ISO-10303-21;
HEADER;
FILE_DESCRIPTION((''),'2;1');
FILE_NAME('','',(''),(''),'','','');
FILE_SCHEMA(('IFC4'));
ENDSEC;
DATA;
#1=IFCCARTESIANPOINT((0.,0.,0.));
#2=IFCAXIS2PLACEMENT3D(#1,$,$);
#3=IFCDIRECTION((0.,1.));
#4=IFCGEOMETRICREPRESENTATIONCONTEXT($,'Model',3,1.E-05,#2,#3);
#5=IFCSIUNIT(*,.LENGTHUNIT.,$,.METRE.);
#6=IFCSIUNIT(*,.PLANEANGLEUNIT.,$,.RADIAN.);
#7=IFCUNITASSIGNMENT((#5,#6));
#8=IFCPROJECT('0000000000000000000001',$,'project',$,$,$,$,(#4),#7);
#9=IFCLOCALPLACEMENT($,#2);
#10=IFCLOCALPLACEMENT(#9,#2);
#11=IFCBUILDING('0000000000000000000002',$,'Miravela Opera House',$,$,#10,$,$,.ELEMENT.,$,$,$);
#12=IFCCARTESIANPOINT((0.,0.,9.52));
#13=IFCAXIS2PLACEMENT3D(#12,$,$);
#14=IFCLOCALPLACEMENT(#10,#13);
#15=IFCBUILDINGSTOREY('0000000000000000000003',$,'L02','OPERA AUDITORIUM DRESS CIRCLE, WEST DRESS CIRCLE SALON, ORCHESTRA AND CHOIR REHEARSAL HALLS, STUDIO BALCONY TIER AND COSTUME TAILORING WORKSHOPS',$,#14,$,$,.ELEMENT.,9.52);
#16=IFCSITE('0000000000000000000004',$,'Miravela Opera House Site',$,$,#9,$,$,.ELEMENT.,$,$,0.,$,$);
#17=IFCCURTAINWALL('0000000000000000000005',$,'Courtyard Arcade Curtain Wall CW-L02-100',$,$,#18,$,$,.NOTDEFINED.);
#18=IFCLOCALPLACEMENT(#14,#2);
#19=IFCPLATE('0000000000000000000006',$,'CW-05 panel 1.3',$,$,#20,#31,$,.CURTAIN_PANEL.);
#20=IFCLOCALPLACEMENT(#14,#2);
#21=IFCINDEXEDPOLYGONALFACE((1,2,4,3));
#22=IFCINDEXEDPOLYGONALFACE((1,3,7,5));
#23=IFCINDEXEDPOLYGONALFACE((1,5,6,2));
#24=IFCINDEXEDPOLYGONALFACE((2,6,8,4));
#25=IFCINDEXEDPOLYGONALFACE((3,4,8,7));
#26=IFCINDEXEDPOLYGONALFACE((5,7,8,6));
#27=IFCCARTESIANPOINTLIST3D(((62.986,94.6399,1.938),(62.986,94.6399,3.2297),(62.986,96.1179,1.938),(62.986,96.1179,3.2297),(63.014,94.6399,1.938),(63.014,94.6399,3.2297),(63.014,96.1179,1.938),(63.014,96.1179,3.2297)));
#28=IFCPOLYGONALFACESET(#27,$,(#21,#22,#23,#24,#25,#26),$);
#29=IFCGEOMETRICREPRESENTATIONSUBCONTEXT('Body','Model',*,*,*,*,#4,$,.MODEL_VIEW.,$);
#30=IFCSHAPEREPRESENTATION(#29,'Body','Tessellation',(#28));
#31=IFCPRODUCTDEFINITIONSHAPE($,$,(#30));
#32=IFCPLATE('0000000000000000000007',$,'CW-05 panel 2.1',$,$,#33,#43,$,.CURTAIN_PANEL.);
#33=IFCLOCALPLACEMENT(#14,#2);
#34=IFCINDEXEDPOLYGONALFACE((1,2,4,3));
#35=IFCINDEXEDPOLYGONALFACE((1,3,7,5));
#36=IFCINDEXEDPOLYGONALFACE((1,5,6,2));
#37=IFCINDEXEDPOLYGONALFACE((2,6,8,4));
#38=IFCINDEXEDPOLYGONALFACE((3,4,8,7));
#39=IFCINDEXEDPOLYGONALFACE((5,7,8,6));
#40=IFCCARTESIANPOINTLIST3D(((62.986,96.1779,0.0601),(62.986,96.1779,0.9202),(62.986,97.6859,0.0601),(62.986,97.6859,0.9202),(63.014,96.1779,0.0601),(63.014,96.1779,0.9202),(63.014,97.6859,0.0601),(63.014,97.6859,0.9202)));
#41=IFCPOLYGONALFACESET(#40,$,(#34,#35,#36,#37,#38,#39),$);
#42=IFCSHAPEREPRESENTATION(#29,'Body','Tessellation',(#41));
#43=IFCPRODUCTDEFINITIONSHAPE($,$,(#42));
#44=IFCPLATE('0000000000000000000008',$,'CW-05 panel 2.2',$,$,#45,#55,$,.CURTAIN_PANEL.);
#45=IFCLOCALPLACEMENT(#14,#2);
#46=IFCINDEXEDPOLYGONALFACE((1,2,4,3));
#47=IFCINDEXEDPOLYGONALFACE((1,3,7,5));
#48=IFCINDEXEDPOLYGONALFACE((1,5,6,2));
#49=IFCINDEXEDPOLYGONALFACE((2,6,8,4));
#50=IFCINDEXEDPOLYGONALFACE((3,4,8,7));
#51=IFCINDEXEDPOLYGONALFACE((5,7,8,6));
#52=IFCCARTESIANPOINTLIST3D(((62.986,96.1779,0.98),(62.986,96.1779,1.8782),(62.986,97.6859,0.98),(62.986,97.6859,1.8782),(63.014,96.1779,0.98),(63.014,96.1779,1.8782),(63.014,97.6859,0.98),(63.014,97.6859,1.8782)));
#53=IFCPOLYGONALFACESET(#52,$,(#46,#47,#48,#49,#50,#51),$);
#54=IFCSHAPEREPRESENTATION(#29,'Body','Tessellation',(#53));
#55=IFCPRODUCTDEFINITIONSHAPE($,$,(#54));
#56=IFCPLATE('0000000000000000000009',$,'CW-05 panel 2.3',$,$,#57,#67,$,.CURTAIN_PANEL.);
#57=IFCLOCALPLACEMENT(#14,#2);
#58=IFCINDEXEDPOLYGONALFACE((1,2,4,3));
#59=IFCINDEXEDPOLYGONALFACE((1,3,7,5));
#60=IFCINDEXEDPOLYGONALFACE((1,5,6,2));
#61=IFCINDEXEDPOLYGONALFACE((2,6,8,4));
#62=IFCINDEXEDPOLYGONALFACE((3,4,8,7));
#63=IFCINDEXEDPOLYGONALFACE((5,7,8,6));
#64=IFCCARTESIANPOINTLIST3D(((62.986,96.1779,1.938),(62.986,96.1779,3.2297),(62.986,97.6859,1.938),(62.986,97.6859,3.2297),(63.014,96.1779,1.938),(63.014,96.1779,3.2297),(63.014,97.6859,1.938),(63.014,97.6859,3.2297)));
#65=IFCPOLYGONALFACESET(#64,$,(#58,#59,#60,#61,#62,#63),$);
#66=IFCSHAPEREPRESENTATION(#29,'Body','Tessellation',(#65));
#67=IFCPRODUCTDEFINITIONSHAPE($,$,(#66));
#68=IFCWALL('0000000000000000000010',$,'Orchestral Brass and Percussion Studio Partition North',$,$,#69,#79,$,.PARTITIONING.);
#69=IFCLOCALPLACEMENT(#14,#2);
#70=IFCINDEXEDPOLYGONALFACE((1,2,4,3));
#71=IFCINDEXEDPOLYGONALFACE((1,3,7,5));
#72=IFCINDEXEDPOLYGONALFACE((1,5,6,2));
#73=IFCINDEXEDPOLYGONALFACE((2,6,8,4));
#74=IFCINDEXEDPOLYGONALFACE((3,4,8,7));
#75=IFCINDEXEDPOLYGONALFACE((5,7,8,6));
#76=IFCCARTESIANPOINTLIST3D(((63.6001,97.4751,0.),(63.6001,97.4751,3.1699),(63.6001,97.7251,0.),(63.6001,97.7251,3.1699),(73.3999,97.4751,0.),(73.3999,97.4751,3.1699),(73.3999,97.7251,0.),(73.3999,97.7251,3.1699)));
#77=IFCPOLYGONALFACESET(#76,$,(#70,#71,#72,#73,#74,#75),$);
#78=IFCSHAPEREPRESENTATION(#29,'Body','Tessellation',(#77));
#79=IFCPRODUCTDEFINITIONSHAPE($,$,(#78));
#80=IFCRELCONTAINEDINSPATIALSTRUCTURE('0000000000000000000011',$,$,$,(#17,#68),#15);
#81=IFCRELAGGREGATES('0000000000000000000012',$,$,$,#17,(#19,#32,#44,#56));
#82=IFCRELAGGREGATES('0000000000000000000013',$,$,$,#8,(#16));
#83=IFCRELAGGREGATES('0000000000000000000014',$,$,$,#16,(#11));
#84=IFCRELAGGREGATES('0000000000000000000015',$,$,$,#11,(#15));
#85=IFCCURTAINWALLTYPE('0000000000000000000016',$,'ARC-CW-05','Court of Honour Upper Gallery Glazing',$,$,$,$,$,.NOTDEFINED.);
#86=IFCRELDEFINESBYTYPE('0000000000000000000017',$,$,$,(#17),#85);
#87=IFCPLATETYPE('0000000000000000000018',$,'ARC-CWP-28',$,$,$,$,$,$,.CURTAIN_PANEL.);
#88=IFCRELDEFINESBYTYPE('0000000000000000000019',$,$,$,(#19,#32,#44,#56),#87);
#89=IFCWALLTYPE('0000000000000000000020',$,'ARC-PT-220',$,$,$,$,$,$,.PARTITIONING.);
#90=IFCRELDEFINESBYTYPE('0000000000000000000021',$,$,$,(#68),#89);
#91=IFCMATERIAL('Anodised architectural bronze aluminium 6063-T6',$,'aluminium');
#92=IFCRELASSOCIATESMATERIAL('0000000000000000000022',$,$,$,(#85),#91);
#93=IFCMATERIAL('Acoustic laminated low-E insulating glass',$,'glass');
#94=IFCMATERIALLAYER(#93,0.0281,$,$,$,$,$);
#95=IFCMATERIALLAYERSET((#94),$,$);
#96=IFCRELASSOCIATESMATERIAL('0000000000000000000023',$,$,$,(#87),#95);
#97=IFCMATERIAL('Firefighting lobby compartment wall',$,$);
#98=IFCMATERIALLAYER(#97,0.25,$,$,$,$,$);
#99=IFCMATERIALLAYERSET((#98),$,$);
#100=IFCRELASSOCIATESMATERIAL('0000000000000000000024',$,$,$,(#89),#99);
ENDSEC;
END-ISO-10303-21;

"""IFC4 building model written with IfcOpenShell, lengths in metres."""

from ifc_helpers import new_model, si_unit, direction, frame, frame_2d, origin, origin_2d, place, context, subcontext, project, spatial, rectangle, extrude, material, layer, layer_set, type_object, element, aggregate, save


model = new_model("IFC4")

# Units and contexts
model_context = context("Model", 3, precision=1e-05, world=origin(), true_north=direction((0.0, 1.0)))
body_context = subcontext(model_context, "Body", "Model", "MODEL_VIEW")
ifc_project = project(units=[si_unit("LENGTHUNIT", "METRE"), si_unit("PLANEANGLEUNIT", "RADIAN")], contexts=[model_context])

# Site, building, storey
site_placement = place(None, origin())
site = spatial("IfcSite", under=ifc_project, at=site_placement, Name="Miravela Opera House Site", CompositionType="ELEMENT", RefElevation=0.0)
building_placement = place(site_placement, origin())
building = spatial("IfcBuilding", under=site, at=building_placement, Name="Miravela Opera House", CompositionType="ELEMENT")
storey_placement = place(building_placement, frame((0.0, 0.0, 9.52)))
storey = spatial("IfcBuildingStorey", under=building, at=storey_placement, Name="L02", Description="OPERA AUDITORIUM DRESS CIRCLE, WEST DRESS CIRCLE SALON, ORCHESTRA AND CHOIR REHEARSAL HALLS, STUDIO BALCONY TIER AND COSTUME TAILORING WORKSHOPS", CompositionType="ELEMENT", Elevation=9.52)

# Curtain wall
ifc_material_1 = material(Name="Anodised architectural bronze aluminium 6063-T6", Category="aluminium")
curtain_wall_type = type_object("IfcCurtainWallType", Name="ARC-CW-05", Description="Court of Honour Upper Gallery Glazing", PredefinedType="NOTDEFINED", material=ifc_material_1)
curtain_wall_placement = place(storey_placement, origin())
curtain_wall = element("IfcCurtainWall", 1, at=curtain_wall_placement, inside=storey, type_object=curtain_wall_type, Name="Courtyard Arcade Curtain Wall CW-L02-100", PredefinedType="NOTDEFINED")

# Plates
ifc_material_2 = material(Name="Acoustic laminated low-E insulating glass", Category="glass")
ifc_layer_1 = layer(ifc_material_2, 0.0281)
ifc_layer_set_1 = layer_set([ifc_layer_1])
plate_type = type_object("IfcPlateType", Name="ARC-CWP-28", PredefinedType="CURTAIN_PANEL", material=ifc_layer_set_1)
plate_1_placement = place(storey_placement, frame((63.0, 95.3789, 1.938), z_axis=(0.0, 0.0, 1.0), x_axis=(0.0, 1.0, 0.0)))
plate_1 = element("IfcPlate", 2, at=plate_1_placement, type_object=plate_type, Name="CW-05 panel 1.3", PredefinedType="CURTAIN_PANEL", context=body_context, shape_type="SweptSolid", body=[
    extrude(rectangle(XDim=1.478, YDim=0.0281, at=origin_2d()), origin(), (0.0, 0.0, 1.0), 1.2917),
])
plate_2_placement = place(storey_placement, frame((63.0, 96.9319, 0.0601), z_axis=(0.0, 0.0, 1.0), x_axis=(0.0, 1.0, 0.0)))
plate_2 = element("IfcPlate", 3, at=plate_2_placement, type_object=plate_type, Name="CW-05 panel 2.1", PredefinedType="CURTAIN_PANEL", context=body_context, shape_type="SweptSolid", body=[
    extrude(rectangle(XDim=1.5081, YDim=0.0281, at=origin_2d()), origin(), (0.0, 0.0, 1.0), 0.8601),
])
plate_3_placement = place(storey_placement, frame((63.0, 96.9319, 0.98), z_axis=(0.0, 0.0, 1.0), x_axis=(0.0, 1.0, 0.0)))
plate_3 = element("IfcPlate", 4, at=plate_3_placement, type_object=plate_type, Name="CW-05 panel 2.2", PredefinedType="CURTAIN_PANEL", context=body_context, shape_type="SweptSolid", body=[
    extrude(rectangle(XDim=1.5081, YDim=0.0281, at=origin_2d()), origin(), (0.0, 0.0, 1.0), 0.8982),
])
plate_4_placement = place(storey_placement, frame((63.0, 96.9319, 1.938), z_axis=(0.0, 0.0, 1.0), x_axis=(0.0, 1.0, 0.0)))
plate_4 = element("IfcPlate", 5, at=plate_4_placement, type_object=plate_type, Name="CW-05 panel 2.3", PredefinedType="CURTAIN_PANEL", context=body_context, shape_type="SweptSolid", body=[
    extrude(rectangle(XDim=1.5081, YDim=0.0281, at=origin_2d()), origin(), (0.0, 0.0, 1.0), 1.2917),
])
aggregate(curtain_wall, [plate_1, plate_2, plate_3, plate_4])

# Wall
ifc_material_3 = material(Name="Firefighting lobby compartment wall")
ifc_layer_2 = layer(ifc_material_3, 0.25)
ifc_layer_set_2 = layer_set([ifc_layer_2])
wall_type = type_object("IfcWallType", Name="ARC-PT-220", PredefinedType="PARTITIONING", material=ifc_layer_set_2)
wall_placement = place(storey_placement, frame((63.6001, 97.6001, 0.0), z_axis=(0.0, 0.0, 1.0), x_axis=(1.0, 0.0, 0.0)))
element("IfcWall", 6, at=wall_placement, inside=storey, type_object=wall_type, Name="Orchestral Brass and Percussion Studio Partition North", PredefinedType="PARTITIONING", context=body_context, shape_type="SweptSolid", body=[
    extrude(rectangle(XDim=9.7998, YDim=0.25, at=frame_2d((4.8999, 0.0))), origin(), (0.0, 0.0, 1.0), 3.1699),
])

save(model, "model.ifc")
